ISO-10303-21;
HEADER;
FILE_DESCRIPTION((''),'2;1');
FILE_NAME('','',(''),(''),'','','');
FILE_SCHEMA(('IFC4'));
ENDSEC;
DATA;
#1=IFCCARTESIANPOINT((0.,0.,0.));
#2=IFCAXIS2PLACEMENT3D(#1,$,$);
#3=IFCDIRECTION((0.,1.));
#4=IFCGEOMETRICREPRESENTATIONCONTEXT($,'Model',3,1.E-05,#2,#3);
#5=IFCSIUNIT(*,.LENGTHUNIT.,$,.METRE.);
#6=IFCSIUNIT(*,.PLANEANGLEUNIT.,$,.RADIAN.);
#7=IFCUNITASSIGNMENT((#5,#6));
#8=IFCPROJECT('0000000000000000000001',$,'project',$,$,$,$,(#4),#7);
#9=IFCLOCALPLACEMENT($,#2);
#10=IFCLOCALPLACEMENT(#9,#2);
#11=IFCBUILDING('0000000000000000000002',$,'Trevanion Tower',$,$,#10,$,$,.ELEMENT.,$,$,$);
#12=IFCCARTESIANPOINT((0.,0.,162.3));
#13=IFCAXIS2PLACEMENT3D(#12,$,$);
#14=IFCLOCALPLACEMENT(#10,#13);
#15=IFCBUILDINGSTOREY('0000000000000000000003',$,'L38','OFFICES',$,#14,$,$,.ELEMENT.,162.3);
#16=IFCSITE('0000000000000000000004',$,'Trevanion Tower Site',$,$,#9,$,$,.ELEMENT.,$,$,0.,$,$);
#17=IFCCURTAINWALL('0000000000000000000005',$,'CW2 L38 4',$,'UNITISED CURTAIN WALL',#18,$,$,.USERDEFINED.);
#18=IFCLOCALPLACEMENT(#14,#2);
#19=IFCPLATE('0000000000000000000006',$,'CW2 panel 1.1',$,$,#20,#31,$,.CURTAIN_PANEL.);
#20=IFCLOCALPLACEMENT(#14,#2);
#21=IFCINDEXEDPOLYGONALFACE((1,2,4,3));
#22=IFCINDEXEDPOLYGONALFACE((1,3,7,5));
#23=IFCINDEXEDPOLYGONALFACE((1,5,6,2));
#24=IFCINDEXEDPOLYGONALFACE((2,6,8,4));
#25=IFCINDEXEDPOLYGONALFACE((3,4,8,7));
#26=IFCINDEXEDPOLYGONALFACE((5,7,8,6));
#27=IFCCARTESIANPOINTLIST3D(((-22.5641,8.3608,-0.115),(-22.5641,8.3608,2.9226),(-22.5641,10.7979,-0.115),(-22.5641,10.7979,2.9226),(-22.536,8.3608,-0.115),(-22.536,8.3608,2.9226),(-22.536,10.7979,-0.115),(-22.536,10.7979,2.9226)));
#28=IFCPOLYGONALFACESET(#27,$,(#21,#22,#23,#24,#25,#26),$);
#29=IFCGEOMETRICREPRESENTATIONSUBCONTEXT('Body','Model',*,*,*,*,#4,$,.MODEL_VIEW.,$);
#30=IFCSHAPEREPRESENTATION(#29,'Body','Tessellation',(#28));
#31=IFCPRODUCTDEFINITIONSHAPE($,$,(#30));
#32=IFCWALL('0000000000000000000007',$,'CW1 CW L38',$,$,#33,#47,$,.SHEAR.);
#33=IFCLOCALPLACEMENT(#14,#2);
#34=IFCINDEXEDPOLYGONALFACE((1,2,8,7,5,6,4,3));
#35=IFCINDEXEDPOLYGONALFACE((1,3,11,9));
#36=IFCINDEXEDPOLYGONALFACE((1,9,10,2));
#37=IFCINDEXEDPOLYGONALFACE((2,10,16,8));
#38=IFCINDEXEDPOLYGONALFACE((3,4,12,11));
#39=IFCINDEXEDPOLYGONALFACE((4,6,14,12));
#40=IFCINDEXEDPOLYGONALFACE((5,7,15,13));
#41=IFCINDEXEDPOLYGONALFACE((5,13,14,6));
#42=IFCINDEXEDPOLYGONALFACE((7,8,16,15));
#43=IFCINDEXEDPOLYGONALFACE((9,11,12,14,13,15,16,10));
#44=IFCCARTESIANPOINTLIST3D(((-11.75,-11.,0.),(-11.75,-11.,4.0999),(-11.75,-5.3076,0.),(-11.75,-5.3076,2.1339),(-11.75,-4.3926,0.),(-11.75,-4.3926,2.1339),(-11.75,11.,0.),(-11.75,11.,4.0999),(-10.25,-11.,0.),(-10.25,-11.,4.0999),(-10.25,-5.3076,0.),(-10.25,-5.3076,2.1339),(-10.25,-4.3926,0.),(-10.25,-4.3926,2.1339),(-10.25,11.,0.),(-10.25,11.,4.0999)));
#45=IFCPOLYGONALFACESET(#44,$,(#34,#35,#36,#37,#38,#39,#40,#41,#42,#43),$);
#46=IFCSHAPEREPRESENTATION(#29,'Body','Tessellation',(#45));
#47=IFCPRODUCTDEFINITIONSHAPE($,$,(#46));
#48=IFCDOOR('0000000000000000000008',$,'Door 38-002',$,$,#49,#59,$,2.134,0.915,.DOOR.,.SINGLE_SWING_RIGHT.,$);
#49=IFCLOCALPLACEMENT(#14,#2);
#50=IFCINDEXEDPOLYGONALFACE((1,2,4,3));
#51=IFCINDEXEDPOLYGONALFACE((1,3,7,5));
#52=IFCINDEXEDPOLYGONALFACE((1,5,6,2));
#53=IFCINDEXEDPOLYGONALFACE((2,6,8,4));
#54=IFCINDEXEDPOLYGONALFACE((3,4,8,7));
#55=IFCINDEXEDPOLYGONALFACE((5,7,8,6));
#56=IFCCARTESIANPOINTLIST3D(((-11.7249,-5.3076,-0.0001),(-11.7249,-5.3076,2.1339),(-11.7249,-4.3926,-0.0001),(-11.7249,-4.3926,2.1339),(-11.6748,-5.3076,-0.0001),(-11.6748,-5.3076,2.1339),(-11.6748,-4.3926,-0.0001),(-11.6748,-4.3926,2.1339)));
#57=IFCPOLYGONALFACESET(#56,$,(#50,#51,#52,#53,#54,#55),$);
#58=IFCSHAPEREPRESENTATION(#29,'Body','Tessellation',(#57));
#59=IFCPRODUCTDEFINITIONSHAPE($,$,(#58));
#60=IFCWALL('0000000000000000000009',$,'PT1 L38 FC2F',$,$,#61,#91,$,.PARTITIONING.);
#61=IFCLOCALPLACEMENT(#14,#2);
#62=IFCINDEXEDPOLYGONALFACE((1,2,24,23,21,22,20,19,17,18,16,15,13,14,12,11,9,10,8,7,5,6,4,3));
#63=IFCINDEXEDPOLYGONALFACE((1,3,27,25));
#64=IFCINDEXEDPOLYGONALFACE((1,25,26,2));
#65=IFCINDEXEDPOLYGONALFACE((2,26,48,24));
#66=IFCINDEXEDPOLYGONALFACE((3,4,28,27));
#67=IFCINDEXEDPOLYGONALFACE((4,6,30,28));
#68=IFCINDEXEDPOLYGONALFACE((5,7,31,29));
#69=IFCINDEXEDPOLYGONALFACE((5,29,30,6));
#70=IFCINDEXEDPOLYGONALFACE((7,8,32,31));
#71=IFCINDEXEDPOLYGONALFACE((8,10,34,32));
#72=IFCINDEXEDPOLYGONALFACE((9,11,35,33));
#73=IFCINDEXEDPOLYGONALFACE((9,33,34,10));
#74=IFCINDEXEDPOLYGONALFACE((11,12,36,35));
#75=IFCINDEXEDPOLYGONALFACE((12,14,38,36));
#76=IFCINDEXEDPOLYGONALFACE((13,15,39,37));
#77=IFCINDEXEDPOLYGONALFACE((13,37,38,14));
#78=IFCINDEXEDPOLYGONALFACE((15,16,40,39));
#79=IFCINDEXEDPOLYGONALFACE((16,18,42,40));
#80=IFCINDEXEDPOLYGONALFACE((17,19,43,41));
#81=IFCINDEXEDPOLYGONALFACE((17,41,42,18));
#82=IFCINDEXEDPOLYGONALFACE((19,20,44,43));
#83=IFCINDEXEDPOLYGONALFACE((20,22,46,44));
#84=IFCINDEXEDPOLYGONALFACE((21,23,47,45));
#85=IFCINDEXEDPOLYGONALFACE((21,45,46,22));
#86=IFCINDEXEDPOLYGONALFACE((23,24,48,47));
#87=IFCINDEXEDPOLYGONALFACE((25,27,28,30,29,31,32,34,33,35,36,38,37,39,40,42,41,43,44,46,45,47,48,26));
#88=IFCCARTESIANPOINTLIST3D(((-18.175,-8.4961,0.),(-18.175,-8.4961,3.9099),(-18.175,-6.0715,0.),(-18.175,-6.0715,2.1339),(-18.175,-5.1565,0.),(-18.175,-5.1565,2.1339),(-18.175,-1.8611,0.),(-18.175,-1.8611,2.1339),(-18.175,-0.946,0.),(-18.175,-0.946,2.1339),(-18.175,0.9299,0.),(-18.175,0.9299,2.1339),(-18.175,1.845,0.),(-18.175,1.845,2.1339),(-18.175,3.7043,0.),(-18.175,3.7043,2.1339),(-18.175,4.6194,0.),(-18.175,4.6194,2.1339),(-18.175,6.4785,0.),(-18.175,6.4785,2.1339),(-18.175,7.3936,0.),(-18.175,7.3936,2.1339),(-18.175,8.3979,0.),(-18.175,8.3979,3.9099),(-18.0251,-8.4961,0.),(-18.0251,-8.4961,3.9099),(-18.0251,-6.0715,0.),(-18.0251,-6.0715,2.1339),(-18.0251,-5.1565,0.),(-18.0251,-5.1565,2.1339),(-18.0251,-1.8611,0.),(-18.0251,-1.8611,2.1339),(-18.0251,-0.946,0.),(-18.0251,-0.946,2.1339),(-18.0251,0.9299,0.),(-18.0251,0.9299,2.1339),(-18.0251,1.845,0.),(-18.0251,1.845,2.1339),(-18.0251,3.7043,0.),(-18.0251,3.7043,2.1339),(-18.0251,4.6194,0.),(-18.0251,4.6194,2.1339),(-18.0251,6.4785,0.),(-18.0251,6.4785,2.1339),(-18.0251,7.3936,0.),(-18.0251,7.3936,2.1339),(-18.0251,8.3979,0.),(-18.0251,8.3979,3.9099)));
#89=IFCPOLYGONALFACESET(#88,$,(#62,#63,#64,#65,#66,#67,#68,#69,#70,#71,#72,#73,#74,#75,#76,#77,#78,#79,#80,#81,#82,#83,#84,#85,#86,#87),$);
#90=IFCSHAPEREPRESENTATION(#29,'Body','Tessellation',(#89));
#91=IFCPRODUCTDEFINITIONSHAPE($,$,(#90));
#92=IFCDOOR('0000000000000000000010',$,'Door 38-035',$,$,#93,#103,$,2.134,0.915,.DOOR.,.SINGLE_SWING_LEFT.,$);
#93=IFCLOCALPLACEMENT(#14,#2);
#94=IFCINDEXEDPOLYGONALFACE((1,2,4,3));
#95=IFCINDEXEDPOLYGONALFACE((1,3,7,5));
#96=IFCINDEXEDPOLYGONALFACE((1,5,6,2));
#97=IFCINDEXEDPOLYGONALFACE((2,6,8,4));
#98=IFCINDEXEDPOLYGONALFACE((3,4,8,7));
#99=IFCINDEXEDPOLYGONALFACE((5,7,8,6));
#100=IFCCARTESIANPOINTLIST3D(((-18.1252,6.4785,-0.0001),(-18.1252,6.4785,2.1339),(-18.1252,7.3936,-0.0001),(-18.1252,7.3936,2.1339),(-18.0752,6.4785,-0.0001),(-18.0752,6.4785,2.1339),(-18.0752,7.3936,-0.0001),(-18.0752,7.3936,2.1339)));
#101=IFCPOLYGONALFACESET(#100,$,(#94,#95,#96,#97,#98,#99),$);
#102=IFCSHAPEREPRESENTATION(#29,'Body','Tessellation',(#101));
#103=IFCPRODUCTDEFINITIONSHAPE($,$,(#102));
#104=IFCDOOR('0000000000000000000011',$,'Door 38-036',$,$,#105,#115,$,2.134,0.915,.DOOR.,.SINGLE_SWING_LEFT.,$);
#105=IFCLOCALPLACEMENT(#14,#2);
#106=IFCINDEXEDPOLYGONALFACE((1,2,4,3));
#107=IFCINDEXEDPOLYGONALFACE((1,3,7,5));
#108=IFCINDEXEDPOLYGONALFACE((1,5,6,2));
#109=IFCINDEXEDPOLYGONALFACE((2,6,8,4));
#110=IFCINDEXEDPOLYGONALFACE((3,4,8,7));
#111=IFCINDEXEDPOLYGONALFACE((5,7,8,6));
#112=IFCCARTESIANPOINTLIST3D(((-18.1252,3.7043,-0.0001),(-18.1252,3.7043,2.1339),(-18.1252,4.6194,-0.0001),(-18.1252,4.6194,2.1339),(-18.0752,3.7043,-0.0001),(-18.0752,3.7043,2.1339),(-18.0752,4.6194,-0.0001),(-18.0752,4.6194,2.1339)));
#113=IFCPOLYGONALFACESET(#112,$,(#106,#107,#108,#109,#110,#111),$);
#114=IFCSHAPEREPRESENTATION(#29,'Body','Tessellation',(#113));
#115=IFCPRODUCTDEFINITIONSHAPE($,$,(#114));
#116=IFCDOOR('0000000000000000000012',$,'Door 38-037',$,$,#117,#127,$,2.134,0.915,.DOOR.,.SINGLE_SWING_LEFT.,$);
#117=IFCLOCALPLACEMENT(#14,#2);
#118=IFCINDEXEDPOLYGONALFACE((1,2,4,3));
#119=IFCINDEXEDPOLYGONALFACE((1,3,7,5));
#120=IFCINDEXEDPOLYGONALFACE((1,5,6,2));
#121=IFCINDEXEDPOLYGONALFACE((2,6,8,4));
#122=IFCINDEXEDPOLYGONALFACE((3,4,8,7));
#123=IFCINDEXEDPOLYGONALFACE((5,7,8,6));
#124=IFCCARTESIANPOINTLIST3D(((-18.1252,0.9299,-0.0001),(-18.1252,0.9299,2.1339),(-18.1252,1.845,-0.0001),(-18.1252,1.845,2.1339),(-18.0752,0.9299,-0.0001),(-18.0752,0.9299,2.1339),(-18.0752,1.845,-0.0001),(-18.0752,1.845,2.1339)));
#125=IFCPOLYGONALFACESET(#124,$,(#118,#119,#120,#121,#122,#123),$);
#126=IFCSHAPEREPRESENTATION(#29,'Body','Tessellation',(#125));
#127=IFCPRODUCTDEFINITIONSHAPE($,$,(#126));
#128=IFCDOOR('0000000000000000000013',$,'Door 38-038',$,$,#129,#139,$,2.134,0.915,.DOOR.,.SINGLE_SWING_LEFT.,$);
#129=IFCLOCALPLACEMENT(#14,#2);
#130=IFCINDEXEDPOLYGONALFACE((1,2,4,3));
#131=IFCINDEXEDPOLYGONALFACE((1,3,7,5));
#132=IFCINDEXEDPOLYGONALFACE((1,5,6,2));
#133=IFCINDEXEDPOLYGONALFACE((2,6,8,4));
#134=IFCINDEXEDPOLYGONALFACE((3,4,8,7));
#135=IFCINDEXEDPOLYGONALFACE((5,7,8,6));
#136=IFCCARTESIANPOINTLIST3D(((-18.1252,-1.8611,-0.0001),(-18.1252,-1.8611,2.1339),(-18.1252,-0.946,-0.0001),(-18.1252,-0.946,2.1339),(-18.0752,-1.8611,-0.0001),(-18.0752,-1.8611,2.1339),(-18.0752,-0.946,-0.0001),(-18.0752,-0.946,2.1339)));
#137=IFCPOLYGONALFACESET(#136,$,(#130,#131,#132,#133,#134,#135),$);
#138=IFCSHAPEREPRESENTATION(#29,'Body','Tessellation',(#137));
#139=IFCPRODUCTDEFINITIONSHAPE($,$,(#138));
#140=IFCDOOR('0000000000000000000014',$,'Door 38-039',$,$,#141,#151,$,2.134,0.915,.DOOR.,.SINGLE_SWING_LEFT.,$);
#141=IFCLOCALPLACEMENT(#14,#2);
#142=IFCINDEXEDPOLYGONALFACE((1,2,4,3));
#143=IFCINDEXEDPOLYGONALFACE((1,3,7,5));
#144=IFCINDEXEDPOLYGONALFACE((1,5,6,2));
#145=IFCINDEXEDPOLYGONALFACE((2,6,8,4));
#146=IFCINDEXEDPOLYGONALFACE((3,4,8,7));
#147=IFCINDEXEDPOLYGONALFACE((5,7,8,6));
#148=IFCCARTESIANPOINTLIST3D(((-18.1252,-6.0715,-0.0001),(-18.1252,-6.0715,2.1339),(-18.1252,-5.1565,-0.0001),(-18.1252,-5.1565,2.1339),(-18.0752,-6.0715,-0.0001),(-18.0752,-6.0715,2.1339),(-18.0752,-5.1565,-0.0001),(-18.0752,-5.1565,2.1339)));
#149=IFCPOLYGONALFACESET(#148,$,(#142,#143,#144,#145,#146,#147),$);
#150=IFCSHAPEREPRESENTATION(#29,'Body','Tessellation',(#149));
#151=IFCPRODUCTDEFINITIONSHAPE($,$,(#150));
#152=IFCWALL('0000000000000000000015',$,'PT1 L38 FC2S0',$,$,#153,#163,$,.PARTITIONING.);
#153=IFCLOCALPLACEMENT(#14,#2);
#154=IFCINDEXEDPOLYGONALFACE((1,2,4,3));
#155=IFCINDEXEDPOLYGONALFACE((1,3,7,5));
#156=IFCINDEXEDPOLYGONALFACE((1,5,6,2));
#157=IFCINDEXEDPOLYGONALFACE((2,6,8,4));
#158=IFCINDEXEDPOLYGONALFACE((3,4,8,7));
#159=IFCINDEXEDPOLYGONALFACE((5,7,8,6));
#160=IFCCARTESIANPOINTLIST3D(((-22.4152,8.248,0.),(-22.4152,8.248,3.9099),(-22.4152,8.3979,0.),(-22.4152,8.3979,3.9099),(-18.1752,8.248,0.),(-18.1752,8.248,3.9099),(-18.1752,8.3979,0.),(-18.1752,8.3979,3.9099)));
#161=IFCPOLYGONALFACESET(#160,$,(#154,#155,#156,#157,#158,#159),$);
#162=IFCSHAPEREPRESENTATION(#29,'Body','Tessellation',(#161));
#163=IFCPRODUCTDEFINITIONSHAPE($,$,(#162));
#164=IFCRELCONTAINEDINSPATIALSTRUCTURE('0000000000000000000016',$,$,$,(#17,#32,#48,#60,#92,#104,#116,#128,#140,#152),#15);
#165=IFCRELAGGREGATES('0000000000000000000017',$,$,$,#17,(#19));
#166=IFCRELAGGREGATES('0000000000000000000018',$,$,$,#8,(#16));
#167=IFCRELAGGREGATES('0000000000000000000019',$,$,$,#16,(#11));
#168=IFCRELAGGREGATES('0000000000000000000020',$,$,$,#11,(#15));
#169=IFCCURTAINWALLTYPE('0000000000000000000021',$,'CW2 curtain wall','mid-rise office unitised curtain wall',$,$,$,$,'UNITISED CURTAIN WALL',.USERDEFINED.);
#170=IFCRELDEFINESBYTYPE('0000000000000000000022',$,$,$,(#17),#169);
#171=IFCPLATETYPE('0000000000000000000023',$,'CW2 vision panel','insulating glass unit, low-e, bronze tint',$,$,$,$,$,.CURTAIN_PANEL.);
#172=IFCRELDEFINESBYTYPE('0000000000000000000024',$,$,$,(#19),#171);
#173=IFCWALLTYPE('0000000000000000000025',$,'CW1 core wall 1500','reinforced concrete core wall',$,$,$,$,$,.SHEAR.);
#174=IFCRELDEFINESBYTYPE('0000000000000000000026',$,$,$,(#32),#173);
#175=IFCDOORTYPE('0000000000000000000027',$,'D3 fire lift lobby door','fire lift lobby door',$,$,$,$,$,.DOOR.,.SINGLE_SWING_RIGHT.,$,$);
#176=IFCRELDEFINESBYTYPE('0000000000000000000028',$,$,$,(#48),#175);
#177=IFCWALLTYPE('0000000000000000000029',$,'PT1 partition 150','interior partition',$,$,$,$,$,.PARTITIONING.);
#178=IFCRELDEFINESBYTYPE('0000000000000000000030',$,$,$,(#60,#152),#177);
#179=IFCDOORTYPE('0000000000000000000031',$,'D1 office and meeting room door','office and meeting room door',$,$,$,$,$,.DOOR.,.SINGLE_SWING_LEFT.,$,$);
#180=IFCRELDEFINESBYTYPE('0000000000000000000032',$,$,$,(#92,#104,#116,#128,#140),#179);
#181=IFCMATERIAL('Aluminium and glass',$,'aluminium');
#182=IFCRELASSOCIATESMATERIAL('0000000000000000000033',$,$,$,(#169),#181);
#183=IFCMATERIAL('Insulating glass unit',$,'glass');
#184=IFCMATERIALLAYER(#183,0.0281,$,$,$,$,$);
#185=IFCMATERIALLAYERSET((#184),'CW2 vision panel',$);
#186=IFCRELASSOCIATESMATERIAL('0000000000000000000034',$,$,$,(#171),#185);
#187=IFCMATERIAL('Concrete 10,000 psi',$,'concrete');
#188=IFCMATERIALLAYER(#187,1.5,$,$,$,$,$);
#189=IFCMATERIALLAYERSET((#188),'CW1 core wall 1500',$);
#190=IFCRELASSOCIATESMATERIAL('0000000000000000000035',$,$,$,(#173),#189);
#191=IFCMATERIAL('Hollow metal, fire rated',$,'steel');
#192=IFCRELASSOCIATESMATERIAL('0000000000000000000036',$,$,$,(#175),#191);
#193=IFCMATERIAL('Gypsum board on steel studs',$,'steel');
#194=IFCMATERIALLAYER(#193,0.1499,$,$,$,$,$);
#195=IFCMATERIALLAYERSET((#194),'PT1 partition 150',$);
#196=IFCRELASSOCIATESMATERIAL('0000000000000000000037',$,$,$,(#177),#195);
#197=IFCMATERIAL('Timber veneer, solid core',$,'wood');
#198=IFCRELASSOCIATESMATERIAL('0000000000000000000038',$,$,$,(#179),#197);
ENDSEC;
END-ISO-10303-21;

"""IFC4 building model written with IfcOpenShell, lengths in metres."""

from ifc_helpers import new_model, si_unit, direction, frame, frame_2d, origin, origin_2d, place, context, subcontext, project, spatial, rectangle, extrude, material, layer, layer_set, type_object, element, fill, aggregate, save


model = new_model("IFC4")

# Units and contexts
model_context = context("Model", 3, precision=1e-05, world=origin(), true_north=direction((0.0, 1.0)))
body_context = subcontext(model_context, "Body", "Model", "MODEL_VIEW")
ifc_project = project(units=[si_unit("LENGTHUNIT", "METRE"), si_unit("PLANEANGLEUNIT", "RADIAN")], contexts=[model_context])

# Site, building, storey
site_placement = place(None, origin())
site = spatial("IfcSite", under=ifc_project, at=site_placement, Name="Trevanion Tower Site", CompositionType="ELEMENT", RefElevation=0.0)
building_placement = place(site_placement, origin())
building = spatial("IfcBuilding", under=site, at=building_placement, Name="Trevanion Tower", CompositionType="ELEMENT")
storey_placement = place(building_placement, frame((0.0, 0.0, 162.3)))
storey = spatial("IfcBuildingStorey", under=building, at=storey_placement, Name="L38", Description="OFFICES", CompositionType="ELEMENT", Elevation=162.3)

# Curtain wall
ifc_material_1 = material(Name="Aluminium and glass", Category="aluminium")
curtain_wall_type = type_object("IfcCurtainWallType", Name="CW2 curtain wall", Description="mid-rise office unitised curtain wall", ElementType="UNITISED CURTAIN WALL", PredefinedType="USERDEFINED", material=ifc_material_1)
curtain_wall_placement = place(storey_placement, origin())
curtain_wall = element("IfcCurtainWall", 1, at=curtain_wall_placement, inside=storey, type_object=curtain_wall_type, Name="CW2 L38 4", ObjectType="UNITISED CURTAIN WALL", PredefinedType="USERDEFINED")

# Plate
ifc_material_2 = material(Name="Insulating glass unit", Category="glass")
ifc_layer_1 = layer(ifc_material_2, 0.0281)
ifc_layer_set_1 = layer_set([ifc_layer_1], Name="CW2 vision panel")
plate_type_1 = type_object("IfcPlateType", Name="CW2 vision panel", Description="insulating glass unit, low-e, bronze tint", PredefinedType="CURTAIN_PANEL", material=ifc_layer_set_1)
plate_1_placement = place(storey_placement, frame((-22.55, 9.5793, -0.115), z_axis=(0.0, 0.0, 1.0), x_axis=(0.0, -1.0, 0.0)))
plate_1 = element("IfcPlate", 2, at=plate_1_placement, type_object=plate_type_1, Name="CW2 panel 1.1", PredefinedType="CURTAIN_PANEL", context=body_context, shape_type="SweptSolid", body=[
    extrude(rectangle(XDim=2.437, YDim=0.0281, at=origin_2d()), origin(), (0.0, 0.0, 1.0), 3.0376),
])
aggregate(curtain_wall, [plate_1])

# Wall, opening, door
ifc_material_3 = material(Name="Concrete 10,000 psi", Category="concrete")
ifc_layer_2 = layer(ifc_material_3, 1.5)
ifc_layer_set_2 = layer_set([ifc_layer_2], Name="CW1 core wall 1500")
wall_type_1 = type_object("IfcWallType", Name="CW1 core wall 1500", Description="reinforced concrete core wall", PredefinedType="SHEAR", material=ifc_layer_set_2)
wall_1_placement = place(storey_placement, frame((-11.0, 11.0, 0.0), z_axis=(0.0, 0.0, 1.0), x_axis=(0.0, -1.0, 0.0)))
wall_1 = element("IfcWall", 3, at=wall_1_placement, inside=storey, type_object=wall_type_1, Name="CW1 CW L38", PredefinedType="SHEAR", context=body_context, shape_type="SweptSolid", body=[
    extrude(rectangle(XDim=22.0, YDim=1.5, at=frame_2d((11.0, 0.0))), origin(), (0.0, 0.0, 1.0), 4.0999),
])
opening_1_placement = place(wall_1_placement, frame((15.3926, 0.0, 0.0)))
opening_1 = element("IfcOpeningElement", 4, at=opening_1_placement, cuts=wall_1, PredefinedType="OPENING", context=body_context, shape_type="SweptSolid", body=[
    extrude(rectangle(XDim=0.915, YDim=2.134, at=frame_2d((0.4575, 1.0669))), frame((0.0, 0.76, 0.0), z_axis=(0.0, -1.0, 0.0), x_axis=(1.0, 0.0, 0.0)), (0.0, 0.0, 1.0), 1.52),
])
ifc_material_4 = material(Name="Hollow metal, fire rated", Category="steel")
door_type_1 = type_object("IfcDoorType", Name="D3 fire lift lobby door", Description="fire lift lobby door", OperationType="SINGLE_SWING_RIGHT", PredefinedType="DOOR", material=ifc_material_4)
door_1_placement = place(opening_1_placement, origin())
door_1 = element("IfcDoor", 5, at=door_1_placement, inside=storey, type_object=door_type_1, Name="Door 38-002", OperationType="SINGLE_SWING_RIGHT", OverallHeight=2.134, OverallWidth=0.915, PredefinedType="DOOR", context=body_context, shape_type="SweptSolid", body=[
    extrude(rectangle(XDim=0.915, YDim=2.134, at=frame_2d((0.4575, 1.0669))), frame((0.0, -0.6748, 0.0), z_axis=(0.0, -1.0, 0.0), x_axis=(1.0, 0.0, 0.0)), (0.0, 0.0, 1.0), 0.05),
])
fill(opening_1, door_1)

# Wall, openings, doors
ifc_material_5 = material(Name="Gypsum board on steel studs", Category="steel")
ifc_layer_3 = layer(ifc_material_5, 0.1499)
ifc_layer_set_3 = layer_set([ifc_layer_3], Name="PT1 partition 150")
wall_type_2 = type_object("IfcWallType", Name="PT1 partition 150", Description="interior partition", PredefinedType="PARTITIONING", material=ifc_layer_set_3)
wall_2_placement = place(storey_placement, frame((-18.1001, 8.3979, 0.0), z_axis=(0.0, 0.0, 1.0), x_axis=(0.0, -1.0, 0.0)))
wall_2 = element("IfcWall", 6, at=wall_2_placement, inside=storey, type_object=wall_type_2, Name="PT1 L38 FC2F", PredefinedType="PARTITIONING", context=body_context, shape_type="SweptSolid", body=[
    extrude(rectangle(XDim=16.894, YDim=0.1499, at=frame_2d((8.447, 0.0))), origin(), (0.0, 0.0, 1.0), 3.9099),
])
opening_2_placement = place(wall_2_placement, frame((1.0044, 0.0, 0.0)))
opening_2 = element("IfcOpeningElement", 7, at=opening_2_placement, cuts=wall_2, PredefinedType="OPENING", context=body_context, shape_type="SweptSolid", body=[
    extrude(rectangle(XDim=0.915, YDim=2.134, at=frame_2d((0.4575, 1.0669))), frame((0.0, 0.085, 0.0), z_axis=(0.0, -1.0, 0.0), x_axis=(1.0, 0.0, 0.0)), (0.0, 0.0, 1.0), 0.1699),
])
opening_3_placement = place(wall_2_placement, frame((3.7786, 0.0, 0.0)))
opening_3 = element("IfcOpeningElement", 8, at=opening_3_placement, cuts=wall_2, PredefinedType="OPENING", context=body_context, shape_type="SweptSolid", body=[
    extrude(rectangle(XDim=0.915, YDim=2.134, at=frame_2d((0.4575, 1.0669))), frame((0.0, 0.085, 0.0), z_axis=(0.0, -1.0, 0.0), x_axis=(1.0, 0.0, 0.0)), (0.0, 0.0, 1.0), 0.1699),
])
opening_4_placement = place(wall_2_placement, frame((6.553, 0.0, 0.0)))
opening_4 = element("IfcOpeningElement", 9, at=opening_4_placement, cuts=wall_2, PredefinedType="OPENING", context=body_context, shape_type="SweptSolid", body=[
    extrude(rectangle(XDim=0.915, YDim=2.134, at=frame_2d((0.4575, 1.0669))), frame((0.0, 0.085, 0.0), z_axis=(0.0, -1.0, 0.0), x_axis=(1.0, 0.0, 0.0)), (0.0, 0.0, 1.0), 0.1699),
])
opening_5_placement = place(wall_2_placement, frame((9.344, 0.0, 0.0)))
opening_5 = element("IfcOpeningElement", 10, at=opening_5_placement, cuts=wall_2, PredefinedType="OPENING", context=body_context, shape_type="SweptSolid", body=[
    extrude(rectangle(XDim=0.915, YDim=2.134, at=frame_2d((0.4575, 1.0669))), frame((0.0, 0.085, 0.0), z_axis=(0.0, -1.0, 0.0), x_axis=(1.0, 0.0, 0.0)), (0.0, 0.0, 1.0), 0.1699),
])
opening_6_placement = place(wall_2_placement, frame((13.5544, 0.0, 0.0)))
opening_6 = element("IfcOpeningElement", 11, at=opening_6_placement, cuts=wall_2, PredefinedType="OPENING", context=body_context, shape_type="SweptSolid", body=[
    extrude(rectangle(XDim=0.915, YDim=2.134, at=frame_2d((0.4575, 1.0669))), frame((0.0, 0.085, 0.0), z_axis=(0.0, -1.0, 0.0), x_axis=(1.0, 0.0, 0.0)), (0.0, 0.0, 1.0), 0.1699),
])
ifc_material_6 = material(Name="Timber veneer, solid core", Category="wood")
door_type_2 = type_object("IfcDoorType", Name="D1 office and meeting room door", Description="office and meeting room door", OperationType="SINGLE_SWING_LEFT", PredefinedType="DOOR", material=ifc_material_6)
door_2_placement = place(opening_2_placement, origin())
door_2 = element("IfcDoor", 12, at=door_2_placement, inside=storey, type_object=door_type_2, Name="Door 38-035", OperationType="SINGLE_SWING_LEFT", OverallHeight=2.134, OverallWidth=0.915, PredefinedType="DOOR", context=body_context, shape_type="SweptSolid", body=[
    extrude(rectangle(XDim=0.915, YDim=2.134, at=frame_2d((0.4575, 1.0669))), frame((0.0, 0.0249, 0.0), z_axis=(0.0, -1.0, 0.0), x_axis=(1.0, 0.0, 0.0)), (0.0, 0.0, 1.0), 0.05),
])
fill(opening_2, door_2)
door_3_placement = place(opening_3_placement, origin())
door_3 = element("IfcDoor", 13, at=door_3_placement, inside=storey, type_object=door_type_2, Name="Door 38-036", OperationType="SINGLE_SWING_LEFT", OverallHeight=2.134, OverallWidth=0.915, PredefinedType="DOOR", context=body_context, shape_type="SweptSolid", body=[
    extrude(rectangle(XDim=0.915, YDim=2.134, at=frame_2d((0.4575, 1.0669))), frame((0.0, 0.0249, 0.0), z_axis=(0.0, -1.0, 0.0), x_axis=(1.0, 0.0, 0.0)), (0.0, 0.0, 1.0), 0.05),
])
fill(opening_3, door_3)
door_4_placement = place(opening_4_placement, origin())
door_4 = element("IfcDoor", 14, at=door_4_placement, inside=storey, type_object=door_type_2, Name="Door 38-037", OperationType="SINGLE_SWING_LEFT", OverallHeight=2.134, OverallWidth=0.915, PredefinedType="DOOR", context=body_context, shape_type="SweptSolid", body=[
    extrude(rectangle(XDim=0.915, YDim=2.134, at=frame_2d((0.4575, 1.0669))), frame((0.0, 0.0249, 0.0), z_axis=(0.0, -1.0, 0.0), x_axis=(1.0, 0.0, 0.0)), (0.0, 0.0, 1.0), 0.05),
])
fill(opening_4, door_4)
door_5_placement = place(opening_5_placement, origin())
door_5 = element("IfcDoor", 15, at=door_5_placement, inside=storey, type_object=door_type_2, Name="Door 38-038", OperationType="SINGLE_SWING_LEFT", OverallHeight=2.134, OverallWidth=0.915, PredefinedType="DOOR", context=body_context, shape_type="SweptSolid", body=[
    extrude(rectangle(XDim=0.915, YDim=2.134, at=frame_2d((0.4575, 1.0669))), frame((0.0, 0.0249, 0.0), z_axis=(0.0, -1.0, 0.0), x_axis=(1.0, 0.0, 0.0)), (0.0, 0.0, 1.0), 0.05),
])
fill(opening_5, door_5)
door_6_placement = place(opening_6_placement, origin())
door_6 = element("IfcDoor", 16, at=door_6_placement, inside=storey, type_object=door_type_2, Name="Door 38-039", OperationType="SINGLE_SWING_LEFT", OverallHeight=2.134, OverallWidth=0.915, PredefinedType="DOOR", context=body_context, shape_type="SweptSolid", body=[
    extrude(rectangle(XDim=0.915, YDim=2.134, at=frame_2d((0.4575, 1.0669))), frame((0.0, 0.0249, 0.0), z_axis=(0.0, -1.0, 0.0), x_axis=(1.0, 0.0, 0.0)), (0.0, 0.0, 1.0), 0.05),
])
fill(opening_6, door_6)

# Wall
for number, where, z_axis, x_axis, name in (
    (17, (-18.175, 8.323, 0.0), (0.0, 0.0, 1.0), (-1.0, 0.0, 0.0), "PT1 L38 FC2S0"),
):
    element("IfcWall", number, at=place(storey_placement, frame(where, z_axis=z_axis, x_axis=x_axis)), inside=storey, type_object=wall_type_2, Name=name, PredefinedType="PARTITIONING", context=body_context, shape_type="SweptSolid", body=[
        extrude(rectangle(XDim=4.24, YDim=0.1499, at=frame_2d((2.1201, 0.0))), origin(), (0.0, 0.0, 1.0), 3.9099),
    ])

save(model, "model.ifc")
